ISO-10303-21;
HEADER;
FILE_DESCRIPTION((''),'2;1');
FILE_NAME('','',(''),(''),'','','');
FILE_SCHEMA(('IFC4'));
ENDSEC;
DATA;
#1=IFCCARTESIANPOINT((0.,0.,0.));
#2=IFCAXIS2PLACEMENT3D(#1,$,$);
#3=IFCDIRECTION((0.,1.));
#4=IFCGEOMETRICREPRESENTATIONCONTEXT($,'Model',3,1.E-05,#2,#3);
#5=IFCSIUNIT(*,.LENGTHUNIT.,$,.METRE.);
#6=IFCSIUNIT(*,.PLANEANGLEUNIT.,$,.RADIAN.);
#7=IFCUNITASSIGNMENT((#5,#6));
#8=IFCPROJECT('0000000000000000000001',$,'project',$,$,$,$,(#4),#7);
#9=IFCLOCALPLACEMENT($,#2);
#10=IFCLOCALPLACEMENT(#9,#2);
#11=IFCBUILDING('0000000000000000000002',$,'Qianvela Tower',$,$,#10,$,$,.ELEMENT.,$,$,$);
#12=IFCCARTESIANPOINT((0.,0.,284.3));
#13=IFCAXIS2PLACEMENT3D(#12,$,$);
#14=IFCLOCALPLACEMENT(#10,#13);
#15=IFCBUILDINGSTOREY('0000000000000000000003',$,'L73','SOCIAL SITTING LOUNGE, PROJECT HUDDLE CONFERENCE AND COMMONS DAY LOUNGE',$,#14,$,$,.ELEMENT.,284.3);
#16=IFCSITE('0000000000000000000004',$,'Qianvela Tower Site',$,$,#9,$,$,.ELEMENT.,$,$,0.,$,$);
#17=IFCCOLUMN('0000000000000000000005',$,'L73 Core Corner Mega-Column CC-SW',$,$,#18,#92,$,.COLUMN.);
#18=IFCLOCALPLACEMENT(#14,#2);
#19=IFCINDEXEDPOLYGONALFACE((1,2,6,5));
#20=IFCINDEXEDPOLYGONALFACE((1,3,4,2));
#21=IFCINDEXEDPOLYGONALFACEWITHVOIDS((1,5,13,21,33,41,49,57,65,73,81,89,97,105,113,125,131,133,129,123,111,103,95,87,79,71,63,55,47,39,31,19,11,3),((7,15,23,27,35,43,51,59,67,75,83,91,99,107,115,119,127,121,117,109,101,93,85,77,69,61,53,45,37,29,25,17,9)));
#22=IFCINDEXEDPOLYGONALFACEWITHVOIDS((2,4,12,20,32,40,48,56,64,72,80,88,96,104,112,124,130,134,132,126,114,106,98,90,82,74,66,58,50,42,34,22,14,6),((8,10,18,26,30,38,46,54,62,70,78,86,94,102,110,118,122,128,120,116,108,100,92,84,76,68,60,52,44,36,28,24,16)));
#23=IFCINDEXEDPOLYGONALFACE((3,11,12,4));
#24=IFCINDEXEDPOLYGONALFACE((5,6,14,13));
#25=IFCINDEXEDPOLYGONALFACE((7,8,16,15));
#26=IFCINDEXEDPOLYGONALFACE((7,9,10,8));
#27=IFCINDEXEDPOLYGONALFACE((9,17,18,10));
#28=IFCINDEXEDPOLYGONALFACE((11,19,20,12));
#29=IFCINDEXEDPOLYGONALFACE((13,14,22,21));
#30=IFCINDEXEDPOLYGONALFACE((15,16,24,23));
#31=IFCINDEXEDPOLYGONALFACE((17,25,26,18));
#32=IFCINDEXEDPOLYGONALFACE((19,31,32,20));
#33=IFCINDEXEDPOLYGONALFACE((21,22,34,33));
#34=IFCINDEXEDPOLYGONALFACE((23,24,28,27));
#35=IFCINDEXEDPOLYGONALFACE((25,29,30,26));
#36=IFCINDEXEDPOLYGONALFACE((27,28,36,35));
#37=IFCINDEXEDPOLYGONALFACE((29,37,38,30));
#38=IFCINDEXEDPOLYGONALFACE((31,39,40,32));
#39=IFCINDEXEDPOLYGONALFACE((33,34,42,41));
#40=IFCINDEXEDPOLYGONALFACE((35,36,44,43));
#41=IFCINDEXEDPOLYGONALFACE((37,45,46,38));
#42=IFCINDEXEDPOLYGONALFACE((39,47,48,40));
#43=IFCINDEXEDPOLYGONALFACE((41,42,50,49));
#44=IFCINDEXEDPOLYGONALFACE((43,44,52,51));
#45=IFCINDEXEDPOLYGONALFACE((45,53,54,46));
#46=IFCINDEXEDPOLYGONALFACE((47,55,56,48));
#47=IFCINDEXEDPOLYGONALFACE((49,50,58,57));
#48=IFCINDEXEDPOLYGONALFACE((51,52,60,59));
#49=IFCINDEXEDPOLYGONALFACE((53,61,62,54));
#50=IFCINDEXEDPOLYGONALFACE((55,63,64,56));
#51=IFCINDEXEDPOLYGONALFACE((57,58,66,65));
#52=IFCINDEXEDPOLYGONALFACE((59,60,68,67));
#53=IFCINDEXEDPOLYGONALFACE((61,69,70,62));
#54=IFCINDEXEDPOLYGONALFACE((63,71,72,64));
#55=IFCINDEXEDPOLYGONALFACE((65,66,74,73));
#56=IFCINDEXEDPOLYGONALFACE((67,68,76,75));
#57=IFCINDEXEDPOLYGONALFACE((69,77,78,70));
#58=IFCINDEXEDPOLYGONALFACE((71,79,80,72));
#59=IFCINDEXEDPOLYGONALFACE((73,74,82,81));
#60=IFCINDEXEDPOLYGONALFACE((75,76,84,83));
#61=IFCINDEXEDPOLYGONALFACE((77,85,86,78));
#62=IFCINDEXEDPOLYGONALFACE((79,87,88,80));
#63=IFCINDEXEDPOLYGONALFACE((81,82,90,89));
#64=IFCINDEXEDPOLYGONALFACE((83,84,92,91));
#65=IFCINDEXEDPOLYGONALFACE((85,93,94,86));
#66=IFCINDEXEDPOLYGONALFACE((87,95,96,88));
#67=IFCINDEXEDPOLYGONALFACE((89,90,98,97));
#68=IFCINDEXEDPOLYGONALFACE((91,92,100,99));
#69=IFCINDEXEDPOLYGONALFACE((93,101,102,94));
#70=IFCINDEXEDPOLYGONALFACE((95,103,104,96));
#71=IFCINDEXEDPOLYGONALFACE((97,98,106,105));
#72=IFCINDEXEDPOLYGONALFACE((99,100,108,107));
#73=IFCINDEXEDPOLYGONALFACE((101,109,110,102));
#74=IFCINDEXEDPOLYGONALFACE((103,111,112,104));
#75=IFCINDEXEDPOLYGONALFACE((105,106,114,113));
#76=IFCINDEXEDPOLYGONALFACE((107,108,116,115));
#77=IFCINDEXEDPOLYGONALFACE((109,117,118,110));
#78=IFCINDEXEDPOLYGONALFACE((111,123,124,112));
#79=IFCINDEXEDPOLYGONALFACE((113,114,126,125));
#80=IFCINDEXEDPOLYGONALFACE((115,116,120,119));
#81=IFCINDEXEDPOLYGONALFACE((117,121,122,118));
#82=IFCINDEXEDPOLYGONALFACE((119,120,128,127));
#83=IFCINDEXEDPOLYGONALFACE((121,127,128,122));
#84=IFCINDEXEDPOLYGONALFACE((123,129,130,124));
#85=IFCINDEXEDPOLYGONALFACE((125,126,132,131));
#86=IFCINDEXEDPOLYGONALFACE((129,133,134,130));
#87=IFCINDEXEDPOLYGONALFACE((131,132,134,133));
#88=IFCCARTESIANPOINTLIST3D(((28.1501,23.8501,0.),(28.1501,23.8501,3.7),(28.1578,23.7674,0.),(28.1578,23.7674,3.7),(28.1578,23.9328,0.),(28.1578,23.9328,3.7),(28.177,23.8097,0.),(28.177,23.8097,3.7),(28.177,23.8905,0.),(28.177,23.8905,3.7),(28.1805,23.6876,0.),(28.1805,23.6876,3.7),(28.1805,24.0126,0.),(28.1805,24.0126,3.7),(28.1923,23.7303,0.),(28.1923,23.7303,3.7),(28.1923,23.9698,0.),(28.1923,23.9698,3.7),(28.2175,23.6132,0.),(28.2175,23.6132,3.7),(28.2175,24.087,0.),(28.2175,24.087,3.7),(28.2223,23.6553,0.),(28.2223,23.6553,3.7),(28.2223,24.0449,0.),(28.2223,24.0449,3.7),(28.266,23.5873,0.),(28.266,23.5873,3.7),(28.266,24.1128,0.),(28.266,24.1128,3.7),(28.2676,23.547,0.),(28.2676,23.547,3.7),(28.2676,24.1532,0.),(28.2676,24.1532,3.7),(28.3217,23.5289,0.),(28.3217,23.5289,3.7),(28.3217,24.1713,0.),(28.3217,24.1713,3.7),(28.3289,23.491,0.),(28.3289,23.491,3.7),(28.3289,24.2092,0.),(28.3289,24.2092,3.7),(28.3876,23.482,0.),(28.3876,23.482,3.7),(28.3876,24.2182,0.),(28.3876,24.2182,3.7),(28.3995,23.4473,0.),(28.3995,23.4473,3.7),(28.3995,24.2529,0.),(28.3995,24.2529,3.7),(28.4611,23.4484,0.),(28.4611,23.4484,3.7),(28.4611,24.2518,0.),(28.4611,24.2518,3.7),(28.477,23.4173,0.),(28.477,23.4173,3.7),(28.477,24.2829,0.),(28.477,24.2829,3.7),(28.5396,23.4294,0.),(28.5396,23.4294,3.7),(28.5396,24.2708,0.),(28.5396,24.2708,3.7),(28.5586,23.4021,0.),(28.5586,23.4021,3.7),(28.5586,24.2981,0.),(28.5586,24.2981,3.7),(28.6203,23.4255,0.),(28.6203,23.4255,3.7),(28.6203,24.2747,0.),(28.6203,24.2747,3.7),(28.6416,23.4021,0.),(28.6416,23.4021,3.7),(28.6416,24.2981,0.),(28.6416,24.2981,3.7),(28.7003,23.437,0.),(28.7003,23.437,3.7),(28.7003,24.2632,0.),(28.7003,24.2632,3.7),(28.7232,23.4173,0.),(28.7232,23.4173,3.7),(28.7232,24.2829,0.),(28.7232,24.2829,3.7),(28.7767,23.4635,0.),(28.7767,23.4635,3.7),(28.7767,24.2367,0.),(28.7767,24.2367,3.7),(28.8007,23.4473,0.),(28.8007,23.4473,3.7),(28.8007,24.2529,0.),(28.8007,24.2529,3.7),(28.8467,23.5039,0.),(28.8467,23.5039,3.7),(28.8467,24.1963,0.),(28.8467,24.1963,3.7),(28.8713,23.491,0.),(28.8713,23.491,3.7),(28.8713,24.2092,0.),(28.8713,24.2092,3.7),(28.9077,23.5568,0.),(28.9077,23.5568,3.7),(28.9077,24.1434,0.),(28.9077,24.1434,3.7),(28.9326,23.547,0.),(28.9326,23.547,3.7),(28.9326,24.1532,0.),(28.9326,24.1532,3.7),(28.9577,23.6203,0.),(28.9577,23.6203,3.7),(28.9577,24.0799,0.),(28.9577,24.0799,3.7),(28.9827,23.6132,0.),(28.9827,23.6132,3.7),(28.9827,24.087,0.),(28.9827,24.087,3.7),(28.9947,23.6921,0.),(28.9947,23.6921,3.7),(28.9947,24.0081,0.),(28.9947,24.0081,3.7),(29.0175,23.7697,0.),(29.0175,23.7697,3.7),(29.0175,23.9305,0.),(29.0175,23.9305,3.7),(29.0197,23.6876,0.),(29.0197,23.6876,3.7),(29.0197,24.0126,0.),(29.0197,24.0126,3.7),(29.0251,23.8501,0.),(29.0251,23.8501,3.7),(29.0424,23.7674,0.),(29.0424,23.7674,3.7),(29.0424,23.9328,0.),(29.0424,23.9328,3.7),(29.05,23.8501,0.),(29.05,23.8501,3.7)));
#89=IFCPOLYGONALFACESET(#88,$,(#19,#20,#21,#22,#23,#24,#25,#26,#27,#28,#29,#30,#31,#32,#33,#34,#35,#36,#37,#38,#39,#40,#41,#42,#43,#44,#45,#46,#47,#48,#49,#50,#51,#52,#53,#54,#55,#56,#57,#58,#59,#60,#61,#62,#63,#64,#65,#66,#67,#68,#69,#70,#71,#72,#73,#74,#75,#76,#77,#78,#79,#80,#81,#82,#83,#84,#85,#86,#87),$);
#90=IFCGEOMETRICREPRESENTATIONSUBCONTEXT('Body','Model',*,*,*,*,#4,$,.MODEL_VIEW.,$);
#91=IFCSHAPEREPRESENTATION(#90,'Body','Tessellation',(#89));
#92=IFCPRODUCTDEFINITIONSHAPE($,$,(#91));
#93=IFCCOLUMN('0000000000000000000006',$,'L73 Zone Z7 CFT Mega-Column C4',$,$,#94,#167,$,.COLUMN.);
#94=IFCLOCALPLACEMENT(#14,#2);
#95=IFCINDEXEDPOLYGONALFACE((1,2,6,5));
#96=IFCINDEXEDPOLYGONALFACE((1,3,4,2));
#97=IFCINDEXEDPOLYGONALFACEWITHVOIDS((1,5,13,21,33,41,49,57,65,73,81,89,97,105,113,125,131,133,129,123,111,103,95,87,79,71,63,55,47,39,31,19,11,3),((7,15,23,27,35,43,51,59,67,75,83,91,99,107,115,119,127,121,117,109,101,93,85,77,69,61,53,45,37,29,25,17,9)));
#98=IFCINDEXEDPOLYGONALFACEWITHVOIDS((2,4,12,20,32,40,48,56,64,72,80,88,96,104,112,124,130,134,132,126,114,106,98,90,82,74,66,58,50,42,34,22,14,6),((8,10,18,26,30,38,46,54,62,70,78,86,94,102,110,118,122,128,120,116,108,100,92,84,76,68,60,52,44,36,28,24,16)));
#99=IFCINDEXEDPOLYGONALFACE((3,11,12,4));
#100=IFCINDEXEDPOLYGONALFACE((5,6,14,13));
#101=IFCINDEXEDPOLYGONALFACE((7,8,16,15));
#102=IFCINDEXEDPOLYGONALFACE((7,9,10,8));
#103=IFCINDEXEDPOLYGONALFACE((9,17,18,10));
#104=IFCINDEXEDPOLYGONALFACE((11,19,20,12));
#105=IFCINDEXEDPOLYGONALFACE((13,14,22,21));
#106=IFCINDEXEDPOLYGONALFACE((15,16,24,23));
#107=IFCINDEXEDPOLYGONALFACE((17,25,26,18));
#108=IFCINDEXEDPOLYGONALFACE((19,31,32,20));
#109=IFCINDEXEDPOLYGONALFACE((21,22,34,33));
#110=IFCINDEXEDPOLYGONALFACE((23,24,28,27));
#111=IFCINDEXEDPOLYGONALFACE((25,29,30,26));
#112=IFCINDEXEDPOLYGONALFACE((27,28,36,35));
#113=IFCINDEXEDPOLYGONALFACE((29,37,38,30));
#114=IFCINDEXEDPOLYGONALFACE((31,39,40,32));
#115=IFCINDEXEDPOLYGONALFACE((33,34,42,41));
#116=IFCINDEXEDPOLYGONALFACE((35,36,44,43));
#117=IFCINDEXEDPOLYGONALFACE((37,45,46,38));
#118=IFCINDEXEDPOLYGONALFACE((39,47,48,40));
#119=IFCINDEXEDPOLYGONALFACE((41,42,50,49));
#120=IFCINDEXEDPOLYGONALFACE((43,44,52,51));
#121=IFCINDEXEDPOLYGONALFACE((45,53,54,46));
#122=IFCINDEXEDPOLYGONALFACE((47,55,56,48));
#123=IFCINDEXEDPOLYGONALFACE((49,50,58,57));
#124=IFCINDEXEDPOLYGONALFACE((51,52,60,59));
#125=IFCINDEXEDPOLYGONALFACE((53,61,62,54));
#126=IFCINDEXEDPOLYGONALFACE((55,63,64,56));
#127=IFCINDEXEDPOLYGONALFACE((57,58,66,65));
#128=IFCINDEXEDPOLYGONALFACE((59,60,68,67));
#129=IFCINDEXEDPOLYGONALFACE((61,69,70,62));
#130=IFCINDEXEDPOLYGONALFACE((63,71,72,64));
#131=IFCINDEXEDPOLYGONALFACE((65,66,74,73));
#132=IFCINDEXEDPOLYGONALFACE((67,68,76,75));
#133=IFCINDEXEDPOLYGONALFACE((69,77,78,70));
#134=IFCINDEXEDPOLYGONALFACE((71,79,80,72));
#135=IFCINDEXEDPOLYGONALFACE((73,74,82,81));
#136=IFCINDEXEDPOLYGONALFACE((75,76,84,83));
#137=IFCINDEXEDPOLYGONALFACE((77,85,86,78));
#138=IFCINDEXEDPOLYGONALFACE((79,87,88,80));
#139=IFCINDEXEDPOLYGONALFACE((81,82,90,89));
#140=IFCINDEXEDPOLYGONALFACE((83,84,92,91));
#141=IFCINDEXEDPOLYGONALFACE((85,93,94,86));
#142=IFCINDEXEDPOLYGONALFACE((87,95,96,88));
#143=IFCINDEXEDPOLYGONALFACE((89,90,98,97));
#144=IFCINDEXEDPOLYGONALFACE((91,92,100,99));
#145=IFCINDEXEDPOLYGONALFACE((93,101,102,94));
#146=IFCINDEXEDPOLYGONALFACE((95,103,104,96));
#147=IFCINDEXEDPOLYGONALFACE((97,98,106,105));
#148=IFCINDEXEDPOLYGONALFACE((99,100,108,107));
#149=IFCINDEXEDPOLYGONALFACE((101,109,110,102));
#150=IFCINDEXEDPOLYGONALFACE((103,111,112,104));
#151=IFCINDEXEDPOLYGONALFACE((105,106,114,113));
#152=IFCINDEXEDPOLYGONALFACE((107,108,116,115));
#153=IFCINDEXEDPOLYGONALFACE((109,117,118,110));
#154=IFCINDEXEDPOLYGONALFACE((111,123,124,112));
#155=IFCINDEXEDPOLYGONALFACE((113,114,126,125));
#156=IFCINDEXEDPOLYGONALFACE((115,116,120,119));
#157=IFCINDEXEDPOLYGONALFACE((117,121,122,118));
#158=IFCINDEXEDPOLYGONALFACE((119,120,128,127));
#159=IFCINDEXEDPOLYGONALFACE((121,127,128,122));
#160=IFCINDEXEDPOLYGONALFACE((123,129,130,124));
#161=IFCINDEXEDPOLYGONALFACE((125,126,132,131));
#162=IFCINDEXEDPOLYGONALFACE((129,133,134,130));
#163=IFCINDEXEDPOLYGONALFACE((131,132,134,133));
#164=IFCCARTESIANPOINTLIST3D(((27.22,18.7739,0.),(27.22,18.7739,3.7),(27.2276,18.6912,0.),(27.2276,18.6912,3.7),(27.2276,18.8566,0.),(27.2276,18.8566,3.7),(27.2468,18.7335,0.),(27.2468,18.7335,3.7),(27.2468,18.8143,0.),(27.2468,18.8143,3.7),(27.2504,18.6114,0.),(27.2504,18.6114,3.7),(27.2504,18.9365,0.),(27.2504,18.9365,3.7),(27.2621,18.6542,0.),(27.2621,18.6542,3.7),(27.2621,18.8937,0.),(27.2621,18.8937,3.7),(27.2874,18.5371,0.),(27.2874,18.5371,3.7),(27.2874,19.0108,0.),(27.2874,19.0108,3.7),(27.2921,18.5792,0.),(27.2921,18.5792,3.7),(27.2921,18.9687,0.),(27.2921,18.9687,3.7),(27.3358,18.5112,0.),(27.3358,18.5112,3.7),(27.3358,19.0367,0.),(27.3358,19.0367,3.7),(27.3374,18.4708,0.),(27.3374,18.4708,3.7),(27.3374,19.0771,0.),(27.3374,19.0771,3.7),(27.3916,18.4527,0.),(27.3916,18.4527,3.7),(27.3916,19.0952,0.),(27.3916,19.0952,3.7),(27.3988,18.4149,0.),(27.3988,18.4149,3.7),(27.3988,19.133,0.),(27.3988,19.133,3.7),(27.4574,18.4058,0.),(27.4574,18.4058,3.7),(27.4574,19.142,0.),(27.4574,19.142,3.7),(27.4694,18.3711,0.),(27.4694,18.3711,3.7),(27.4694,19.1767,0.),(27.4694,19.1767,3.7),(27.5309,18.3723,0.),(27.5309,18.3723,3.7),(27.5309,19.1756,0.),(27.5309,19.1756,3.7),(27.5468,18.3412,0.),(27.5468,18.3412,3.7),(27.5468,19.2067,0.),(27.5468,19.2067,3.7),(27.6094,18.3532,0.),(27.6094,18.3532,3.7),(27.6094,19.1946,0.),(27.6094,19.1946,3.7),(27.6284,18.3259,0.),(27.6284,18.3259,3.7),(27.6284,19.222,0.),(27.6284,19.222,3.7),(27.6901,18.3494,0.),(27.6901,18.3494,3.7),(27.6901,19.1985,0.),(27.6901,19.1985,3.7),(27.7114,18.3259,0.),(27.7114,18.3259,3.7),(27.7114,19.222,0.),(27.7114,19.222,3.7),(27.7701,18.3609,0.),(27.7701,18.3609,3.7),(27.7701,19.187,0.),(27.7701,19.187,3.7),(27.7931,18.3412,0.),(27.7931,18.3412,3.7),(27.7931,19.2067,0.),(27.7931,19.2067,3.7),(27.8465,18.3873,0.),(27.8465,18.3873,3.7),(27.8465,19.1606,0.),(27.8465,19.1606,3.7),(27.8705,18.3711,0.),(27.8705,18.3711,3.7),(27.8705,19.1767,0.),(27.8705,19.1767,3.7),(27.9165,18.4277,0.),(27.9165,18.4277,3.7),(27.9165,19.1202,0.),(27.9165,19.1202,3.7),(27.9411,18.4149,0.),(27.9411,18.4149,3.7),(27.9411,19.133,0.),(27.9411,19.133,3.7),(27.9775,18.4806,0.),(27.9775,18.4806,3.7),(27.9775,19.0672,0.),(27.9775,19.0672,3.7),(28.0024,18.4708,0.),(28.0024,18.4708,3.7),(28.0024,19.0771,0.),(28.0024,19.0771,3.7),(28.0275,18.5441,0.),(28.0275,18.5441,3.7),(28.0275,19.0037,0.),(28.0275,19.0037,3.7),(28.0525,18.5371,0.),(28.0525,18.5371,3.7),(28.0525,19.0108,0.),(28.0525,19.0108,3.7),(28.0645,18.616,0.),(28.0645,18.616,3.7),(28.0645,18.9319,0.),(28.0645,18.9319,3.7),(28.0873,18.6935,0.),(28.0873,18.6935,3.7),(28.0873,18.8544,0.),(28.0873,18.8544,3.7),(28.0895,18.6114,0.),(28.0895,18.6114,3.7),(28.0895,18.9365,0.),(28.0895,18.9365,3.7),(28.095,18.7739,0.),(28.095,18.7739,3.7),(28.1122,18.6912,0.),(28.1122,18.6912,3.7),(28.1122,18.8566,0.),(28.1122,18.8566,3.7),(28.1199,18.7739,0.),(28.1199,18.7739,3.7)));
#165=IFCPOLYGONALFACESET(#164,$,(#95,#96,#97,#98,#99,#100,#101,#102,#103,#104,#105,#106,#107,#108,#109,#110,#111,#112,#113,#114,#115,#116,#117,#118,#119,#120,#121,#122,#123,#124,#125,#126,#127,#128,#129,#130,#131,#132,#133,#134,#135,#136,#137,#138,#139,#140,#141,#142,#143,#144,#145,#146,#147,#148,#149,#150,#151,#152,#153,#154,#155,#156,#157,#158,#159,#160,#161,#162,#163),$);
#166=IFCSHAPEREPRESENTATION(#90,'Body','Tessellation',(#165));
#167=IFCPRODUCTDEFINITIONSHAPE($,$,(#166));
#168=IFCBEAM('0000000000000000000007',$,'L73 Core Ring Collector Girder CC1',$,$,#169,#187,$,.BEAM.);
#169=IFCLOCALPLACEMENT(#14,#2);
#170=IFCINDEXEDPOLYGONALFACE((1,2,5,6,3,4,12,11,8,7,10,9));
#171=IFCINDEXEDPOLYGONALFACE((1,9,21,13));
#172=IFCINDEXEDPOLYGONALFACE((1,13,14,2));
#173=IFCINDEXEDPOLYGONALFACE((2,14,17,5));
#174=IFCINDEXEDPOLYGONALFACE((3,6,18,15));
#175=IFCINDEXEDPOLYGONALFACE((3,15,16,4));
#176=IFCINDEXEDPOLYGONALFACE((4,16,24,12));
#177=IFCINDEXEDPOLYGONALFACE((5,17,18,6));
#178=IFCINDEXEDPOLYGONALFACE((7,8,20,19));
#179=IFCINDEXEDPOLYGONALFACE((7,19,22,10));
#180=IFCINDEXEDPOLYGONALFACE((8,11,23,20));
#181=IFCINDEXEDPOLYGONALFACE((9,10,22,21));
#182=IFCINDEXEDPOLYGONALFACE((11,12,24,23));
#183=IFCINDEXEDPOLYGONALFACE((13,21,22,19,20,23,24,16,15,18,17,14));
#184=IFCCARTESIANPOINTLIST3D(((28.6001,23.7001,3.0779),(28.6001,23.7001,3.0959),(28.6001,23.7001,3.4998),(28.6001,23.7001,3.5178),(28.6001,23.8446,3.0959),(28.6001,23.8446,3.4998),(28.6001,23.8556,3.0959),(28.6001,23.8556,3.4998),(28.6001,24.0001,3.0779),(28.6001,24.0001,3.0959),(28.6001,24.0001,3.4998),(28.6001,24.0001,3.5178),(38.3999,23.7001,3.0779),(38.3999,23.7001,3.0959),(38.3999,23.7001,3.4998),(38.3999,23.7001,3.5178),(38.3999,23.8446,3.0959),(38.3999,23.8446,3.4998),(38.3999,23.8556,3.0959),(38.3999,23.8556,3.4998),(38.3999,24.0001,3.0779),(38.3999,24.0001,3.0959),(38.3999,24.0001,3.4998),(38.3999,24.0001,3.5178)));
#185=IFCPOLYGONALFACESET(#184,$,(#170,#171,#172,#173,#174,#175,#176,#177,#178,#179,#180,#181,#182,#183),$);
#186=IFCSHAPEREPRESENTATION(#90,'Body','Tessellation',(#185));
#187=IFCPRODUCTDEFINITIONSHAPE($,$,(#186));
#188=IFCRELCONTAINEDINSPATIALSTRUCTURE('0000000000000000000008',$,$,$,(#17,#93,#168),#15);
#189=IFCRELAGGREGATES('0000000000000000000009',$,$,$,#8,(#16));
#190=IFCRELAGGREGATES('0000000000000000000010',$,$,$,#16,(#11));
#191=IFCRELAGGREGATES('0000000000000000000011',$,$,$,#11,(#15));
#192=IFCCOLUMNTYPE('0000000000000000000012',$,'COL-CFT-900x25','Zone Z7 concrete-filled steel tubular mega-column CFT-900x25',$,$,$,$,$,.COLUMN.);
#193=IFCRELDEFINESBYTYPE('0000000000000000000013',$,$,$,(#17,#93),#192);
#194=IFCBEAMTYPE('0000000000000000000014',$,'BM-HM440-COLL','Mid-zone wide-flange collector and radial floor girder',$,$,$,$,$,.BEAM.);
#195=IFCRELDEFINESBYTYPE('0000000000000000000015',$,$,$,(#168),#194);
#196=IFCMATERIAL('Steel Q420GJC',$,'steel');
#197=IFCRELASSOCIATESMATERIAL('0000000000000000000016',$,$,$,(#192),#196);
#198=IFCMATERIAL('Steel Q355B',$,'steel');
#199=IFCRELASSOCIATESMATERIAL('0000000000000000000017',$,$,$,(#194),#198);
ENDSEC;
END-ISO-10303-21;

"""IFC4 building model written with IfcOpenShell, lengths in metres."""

from ifc_helpers import new_model, si_unit, direction, frame, origin, origin_2d, place, context, subcontext, project, spatial, hollow_circle, i_section, extrude, material, material_profile, profile_set, type_object, element, save


model = new_model("IFC4")

# Units and contexts
model_context = context("Model", 3, precision=1e-05, world=origin(), true_north=direction((0.0, 1.0)))
body_context = subcontext(model_context, "Body", "Model", "MODEL_VIEW")
ifc_project = project(units=[si_unit("LENGTHUNIT", "METRE"), si_unit("PLANEANGLEUNIT", "RADIAN")], contexts=[model_context])

# Site, building, storey
site_placement = place(None, origin())
site = spatial("IfcSite", under=ifc_project, at=site_placement, Name="Qianvela Tower Site", CompositionType="ELEMENT", RefElevation=0.0)
building_placement = place(site_placement, origin())
building = spatial("IfcBuilding", under=site, at=building_placement, Name="Qianvela Tower", CompositionType="ELEMENT")
storey_placement = place(building_placement, frame((0.0, 0.0, 284.3)))
storey = spatial("IfcBuildingStorey", under=building, at=storey_placement, Name="L73", Description="SOCIAL SITTING LOUNGE, PROJECT HUDDLE CONFERENCE AND COMMONS DAY LOUNGE", CompositionType="ELEMENT", Elevation=284.3)

# Columns
ifc_material_1 = material(Name="Steel Q420GJC", Category="steel")
ifc_material_profile_1 = material_profile(ifc_material_1, hollow_circle(Radius=0.45, WallThickness=0.0249, at=origin_2d()), Name="CFT-900x25")
ifc_profile_set_1 = profile_set([ifc_material_profile_1], Name="Steel Q420GJC")
column_type = type_object("IfcColumnType", Name="COL-CFT-900x25", Description="Zone Z7 concrete-filled steel tubular mega-column CFT-900x25", PredefinedType="COLUMN", material=ifc_profile_set_1)
for number, where, z_axis, x_axis, name in (
    (1, (28.6001, 23.8501, 0.0), (0.0, 0.0, 1.0), (1.0, 0.0, 0.0), "L73 Core Corner Mega-Column CC-SW"),
    (2, (27.6699, 18.7739, 0.0), (0.0, 0.0, 1.0), (1.0, 0.0, 0.0), "L73 Zone Z7 CFT Mega-Column C4"),
):
    element("IfcColumn", number, at=place(storey_placement, frame(where, z_axis=z_axis, x_axis=x_axis)), inside=storey, type_object=column_type, Name=name, PredefinedType="COLUMN", context=body_context, shape_type="SweptSolid", body=[
        extrude(hollow_circle(Radius=0.45, WallThickness=0.0249, at=origin_2d()), origin(), (0.0, 0.0, 1.0), 3.7),
    ])

# Beam
ifc_material_2 = material(Name="Steel Q355B", Category="steel")
ifc_material_profile_2 = material_profile(ifc_material_2, i_section(OverallWidth=0.3, OverallDepth=0.4399, WebThickness=0.011, FlangeThickness=0.0181, at=origin_2d()), Name="HM440x300x11x18")
ifc_profile_set_2 = profile_set([ifc_material_profile_2], Name="Steel Q355B")
beam_type_1 = type_object("IfcBeamType", Name="BM-HM440-COLL", Description="Mid-zone wide-flange collector and radial floor girder", PredefinedType="BEAM", material=ifc_profile_set_2)
beam_1_placement = place(storey_placement, frame((28.6001, 23.8501, 3.2979), z_axis=(1.0, 0.0, 0.0), x_axis=(0.0, 1.0, 0.0)))
element("IfcBeam", 3, at=beam_1_placement, inside=storey, type_object=beam_type_1, Name="L73 Core Ring Collector Girder CC1", PredefinedType="BEAM", context=body_context, shape_type="SweptSolid", body=[
    extrude(i_section(OverallWidth=0.3, OverallDepth=0.4399, WebThickness=0.011, FlangeThickness=0.0181, at=origin_2d()), origin(), (0.0, 0.0, 1.0), 9.7998),
])

save(model, "model.ifc")
